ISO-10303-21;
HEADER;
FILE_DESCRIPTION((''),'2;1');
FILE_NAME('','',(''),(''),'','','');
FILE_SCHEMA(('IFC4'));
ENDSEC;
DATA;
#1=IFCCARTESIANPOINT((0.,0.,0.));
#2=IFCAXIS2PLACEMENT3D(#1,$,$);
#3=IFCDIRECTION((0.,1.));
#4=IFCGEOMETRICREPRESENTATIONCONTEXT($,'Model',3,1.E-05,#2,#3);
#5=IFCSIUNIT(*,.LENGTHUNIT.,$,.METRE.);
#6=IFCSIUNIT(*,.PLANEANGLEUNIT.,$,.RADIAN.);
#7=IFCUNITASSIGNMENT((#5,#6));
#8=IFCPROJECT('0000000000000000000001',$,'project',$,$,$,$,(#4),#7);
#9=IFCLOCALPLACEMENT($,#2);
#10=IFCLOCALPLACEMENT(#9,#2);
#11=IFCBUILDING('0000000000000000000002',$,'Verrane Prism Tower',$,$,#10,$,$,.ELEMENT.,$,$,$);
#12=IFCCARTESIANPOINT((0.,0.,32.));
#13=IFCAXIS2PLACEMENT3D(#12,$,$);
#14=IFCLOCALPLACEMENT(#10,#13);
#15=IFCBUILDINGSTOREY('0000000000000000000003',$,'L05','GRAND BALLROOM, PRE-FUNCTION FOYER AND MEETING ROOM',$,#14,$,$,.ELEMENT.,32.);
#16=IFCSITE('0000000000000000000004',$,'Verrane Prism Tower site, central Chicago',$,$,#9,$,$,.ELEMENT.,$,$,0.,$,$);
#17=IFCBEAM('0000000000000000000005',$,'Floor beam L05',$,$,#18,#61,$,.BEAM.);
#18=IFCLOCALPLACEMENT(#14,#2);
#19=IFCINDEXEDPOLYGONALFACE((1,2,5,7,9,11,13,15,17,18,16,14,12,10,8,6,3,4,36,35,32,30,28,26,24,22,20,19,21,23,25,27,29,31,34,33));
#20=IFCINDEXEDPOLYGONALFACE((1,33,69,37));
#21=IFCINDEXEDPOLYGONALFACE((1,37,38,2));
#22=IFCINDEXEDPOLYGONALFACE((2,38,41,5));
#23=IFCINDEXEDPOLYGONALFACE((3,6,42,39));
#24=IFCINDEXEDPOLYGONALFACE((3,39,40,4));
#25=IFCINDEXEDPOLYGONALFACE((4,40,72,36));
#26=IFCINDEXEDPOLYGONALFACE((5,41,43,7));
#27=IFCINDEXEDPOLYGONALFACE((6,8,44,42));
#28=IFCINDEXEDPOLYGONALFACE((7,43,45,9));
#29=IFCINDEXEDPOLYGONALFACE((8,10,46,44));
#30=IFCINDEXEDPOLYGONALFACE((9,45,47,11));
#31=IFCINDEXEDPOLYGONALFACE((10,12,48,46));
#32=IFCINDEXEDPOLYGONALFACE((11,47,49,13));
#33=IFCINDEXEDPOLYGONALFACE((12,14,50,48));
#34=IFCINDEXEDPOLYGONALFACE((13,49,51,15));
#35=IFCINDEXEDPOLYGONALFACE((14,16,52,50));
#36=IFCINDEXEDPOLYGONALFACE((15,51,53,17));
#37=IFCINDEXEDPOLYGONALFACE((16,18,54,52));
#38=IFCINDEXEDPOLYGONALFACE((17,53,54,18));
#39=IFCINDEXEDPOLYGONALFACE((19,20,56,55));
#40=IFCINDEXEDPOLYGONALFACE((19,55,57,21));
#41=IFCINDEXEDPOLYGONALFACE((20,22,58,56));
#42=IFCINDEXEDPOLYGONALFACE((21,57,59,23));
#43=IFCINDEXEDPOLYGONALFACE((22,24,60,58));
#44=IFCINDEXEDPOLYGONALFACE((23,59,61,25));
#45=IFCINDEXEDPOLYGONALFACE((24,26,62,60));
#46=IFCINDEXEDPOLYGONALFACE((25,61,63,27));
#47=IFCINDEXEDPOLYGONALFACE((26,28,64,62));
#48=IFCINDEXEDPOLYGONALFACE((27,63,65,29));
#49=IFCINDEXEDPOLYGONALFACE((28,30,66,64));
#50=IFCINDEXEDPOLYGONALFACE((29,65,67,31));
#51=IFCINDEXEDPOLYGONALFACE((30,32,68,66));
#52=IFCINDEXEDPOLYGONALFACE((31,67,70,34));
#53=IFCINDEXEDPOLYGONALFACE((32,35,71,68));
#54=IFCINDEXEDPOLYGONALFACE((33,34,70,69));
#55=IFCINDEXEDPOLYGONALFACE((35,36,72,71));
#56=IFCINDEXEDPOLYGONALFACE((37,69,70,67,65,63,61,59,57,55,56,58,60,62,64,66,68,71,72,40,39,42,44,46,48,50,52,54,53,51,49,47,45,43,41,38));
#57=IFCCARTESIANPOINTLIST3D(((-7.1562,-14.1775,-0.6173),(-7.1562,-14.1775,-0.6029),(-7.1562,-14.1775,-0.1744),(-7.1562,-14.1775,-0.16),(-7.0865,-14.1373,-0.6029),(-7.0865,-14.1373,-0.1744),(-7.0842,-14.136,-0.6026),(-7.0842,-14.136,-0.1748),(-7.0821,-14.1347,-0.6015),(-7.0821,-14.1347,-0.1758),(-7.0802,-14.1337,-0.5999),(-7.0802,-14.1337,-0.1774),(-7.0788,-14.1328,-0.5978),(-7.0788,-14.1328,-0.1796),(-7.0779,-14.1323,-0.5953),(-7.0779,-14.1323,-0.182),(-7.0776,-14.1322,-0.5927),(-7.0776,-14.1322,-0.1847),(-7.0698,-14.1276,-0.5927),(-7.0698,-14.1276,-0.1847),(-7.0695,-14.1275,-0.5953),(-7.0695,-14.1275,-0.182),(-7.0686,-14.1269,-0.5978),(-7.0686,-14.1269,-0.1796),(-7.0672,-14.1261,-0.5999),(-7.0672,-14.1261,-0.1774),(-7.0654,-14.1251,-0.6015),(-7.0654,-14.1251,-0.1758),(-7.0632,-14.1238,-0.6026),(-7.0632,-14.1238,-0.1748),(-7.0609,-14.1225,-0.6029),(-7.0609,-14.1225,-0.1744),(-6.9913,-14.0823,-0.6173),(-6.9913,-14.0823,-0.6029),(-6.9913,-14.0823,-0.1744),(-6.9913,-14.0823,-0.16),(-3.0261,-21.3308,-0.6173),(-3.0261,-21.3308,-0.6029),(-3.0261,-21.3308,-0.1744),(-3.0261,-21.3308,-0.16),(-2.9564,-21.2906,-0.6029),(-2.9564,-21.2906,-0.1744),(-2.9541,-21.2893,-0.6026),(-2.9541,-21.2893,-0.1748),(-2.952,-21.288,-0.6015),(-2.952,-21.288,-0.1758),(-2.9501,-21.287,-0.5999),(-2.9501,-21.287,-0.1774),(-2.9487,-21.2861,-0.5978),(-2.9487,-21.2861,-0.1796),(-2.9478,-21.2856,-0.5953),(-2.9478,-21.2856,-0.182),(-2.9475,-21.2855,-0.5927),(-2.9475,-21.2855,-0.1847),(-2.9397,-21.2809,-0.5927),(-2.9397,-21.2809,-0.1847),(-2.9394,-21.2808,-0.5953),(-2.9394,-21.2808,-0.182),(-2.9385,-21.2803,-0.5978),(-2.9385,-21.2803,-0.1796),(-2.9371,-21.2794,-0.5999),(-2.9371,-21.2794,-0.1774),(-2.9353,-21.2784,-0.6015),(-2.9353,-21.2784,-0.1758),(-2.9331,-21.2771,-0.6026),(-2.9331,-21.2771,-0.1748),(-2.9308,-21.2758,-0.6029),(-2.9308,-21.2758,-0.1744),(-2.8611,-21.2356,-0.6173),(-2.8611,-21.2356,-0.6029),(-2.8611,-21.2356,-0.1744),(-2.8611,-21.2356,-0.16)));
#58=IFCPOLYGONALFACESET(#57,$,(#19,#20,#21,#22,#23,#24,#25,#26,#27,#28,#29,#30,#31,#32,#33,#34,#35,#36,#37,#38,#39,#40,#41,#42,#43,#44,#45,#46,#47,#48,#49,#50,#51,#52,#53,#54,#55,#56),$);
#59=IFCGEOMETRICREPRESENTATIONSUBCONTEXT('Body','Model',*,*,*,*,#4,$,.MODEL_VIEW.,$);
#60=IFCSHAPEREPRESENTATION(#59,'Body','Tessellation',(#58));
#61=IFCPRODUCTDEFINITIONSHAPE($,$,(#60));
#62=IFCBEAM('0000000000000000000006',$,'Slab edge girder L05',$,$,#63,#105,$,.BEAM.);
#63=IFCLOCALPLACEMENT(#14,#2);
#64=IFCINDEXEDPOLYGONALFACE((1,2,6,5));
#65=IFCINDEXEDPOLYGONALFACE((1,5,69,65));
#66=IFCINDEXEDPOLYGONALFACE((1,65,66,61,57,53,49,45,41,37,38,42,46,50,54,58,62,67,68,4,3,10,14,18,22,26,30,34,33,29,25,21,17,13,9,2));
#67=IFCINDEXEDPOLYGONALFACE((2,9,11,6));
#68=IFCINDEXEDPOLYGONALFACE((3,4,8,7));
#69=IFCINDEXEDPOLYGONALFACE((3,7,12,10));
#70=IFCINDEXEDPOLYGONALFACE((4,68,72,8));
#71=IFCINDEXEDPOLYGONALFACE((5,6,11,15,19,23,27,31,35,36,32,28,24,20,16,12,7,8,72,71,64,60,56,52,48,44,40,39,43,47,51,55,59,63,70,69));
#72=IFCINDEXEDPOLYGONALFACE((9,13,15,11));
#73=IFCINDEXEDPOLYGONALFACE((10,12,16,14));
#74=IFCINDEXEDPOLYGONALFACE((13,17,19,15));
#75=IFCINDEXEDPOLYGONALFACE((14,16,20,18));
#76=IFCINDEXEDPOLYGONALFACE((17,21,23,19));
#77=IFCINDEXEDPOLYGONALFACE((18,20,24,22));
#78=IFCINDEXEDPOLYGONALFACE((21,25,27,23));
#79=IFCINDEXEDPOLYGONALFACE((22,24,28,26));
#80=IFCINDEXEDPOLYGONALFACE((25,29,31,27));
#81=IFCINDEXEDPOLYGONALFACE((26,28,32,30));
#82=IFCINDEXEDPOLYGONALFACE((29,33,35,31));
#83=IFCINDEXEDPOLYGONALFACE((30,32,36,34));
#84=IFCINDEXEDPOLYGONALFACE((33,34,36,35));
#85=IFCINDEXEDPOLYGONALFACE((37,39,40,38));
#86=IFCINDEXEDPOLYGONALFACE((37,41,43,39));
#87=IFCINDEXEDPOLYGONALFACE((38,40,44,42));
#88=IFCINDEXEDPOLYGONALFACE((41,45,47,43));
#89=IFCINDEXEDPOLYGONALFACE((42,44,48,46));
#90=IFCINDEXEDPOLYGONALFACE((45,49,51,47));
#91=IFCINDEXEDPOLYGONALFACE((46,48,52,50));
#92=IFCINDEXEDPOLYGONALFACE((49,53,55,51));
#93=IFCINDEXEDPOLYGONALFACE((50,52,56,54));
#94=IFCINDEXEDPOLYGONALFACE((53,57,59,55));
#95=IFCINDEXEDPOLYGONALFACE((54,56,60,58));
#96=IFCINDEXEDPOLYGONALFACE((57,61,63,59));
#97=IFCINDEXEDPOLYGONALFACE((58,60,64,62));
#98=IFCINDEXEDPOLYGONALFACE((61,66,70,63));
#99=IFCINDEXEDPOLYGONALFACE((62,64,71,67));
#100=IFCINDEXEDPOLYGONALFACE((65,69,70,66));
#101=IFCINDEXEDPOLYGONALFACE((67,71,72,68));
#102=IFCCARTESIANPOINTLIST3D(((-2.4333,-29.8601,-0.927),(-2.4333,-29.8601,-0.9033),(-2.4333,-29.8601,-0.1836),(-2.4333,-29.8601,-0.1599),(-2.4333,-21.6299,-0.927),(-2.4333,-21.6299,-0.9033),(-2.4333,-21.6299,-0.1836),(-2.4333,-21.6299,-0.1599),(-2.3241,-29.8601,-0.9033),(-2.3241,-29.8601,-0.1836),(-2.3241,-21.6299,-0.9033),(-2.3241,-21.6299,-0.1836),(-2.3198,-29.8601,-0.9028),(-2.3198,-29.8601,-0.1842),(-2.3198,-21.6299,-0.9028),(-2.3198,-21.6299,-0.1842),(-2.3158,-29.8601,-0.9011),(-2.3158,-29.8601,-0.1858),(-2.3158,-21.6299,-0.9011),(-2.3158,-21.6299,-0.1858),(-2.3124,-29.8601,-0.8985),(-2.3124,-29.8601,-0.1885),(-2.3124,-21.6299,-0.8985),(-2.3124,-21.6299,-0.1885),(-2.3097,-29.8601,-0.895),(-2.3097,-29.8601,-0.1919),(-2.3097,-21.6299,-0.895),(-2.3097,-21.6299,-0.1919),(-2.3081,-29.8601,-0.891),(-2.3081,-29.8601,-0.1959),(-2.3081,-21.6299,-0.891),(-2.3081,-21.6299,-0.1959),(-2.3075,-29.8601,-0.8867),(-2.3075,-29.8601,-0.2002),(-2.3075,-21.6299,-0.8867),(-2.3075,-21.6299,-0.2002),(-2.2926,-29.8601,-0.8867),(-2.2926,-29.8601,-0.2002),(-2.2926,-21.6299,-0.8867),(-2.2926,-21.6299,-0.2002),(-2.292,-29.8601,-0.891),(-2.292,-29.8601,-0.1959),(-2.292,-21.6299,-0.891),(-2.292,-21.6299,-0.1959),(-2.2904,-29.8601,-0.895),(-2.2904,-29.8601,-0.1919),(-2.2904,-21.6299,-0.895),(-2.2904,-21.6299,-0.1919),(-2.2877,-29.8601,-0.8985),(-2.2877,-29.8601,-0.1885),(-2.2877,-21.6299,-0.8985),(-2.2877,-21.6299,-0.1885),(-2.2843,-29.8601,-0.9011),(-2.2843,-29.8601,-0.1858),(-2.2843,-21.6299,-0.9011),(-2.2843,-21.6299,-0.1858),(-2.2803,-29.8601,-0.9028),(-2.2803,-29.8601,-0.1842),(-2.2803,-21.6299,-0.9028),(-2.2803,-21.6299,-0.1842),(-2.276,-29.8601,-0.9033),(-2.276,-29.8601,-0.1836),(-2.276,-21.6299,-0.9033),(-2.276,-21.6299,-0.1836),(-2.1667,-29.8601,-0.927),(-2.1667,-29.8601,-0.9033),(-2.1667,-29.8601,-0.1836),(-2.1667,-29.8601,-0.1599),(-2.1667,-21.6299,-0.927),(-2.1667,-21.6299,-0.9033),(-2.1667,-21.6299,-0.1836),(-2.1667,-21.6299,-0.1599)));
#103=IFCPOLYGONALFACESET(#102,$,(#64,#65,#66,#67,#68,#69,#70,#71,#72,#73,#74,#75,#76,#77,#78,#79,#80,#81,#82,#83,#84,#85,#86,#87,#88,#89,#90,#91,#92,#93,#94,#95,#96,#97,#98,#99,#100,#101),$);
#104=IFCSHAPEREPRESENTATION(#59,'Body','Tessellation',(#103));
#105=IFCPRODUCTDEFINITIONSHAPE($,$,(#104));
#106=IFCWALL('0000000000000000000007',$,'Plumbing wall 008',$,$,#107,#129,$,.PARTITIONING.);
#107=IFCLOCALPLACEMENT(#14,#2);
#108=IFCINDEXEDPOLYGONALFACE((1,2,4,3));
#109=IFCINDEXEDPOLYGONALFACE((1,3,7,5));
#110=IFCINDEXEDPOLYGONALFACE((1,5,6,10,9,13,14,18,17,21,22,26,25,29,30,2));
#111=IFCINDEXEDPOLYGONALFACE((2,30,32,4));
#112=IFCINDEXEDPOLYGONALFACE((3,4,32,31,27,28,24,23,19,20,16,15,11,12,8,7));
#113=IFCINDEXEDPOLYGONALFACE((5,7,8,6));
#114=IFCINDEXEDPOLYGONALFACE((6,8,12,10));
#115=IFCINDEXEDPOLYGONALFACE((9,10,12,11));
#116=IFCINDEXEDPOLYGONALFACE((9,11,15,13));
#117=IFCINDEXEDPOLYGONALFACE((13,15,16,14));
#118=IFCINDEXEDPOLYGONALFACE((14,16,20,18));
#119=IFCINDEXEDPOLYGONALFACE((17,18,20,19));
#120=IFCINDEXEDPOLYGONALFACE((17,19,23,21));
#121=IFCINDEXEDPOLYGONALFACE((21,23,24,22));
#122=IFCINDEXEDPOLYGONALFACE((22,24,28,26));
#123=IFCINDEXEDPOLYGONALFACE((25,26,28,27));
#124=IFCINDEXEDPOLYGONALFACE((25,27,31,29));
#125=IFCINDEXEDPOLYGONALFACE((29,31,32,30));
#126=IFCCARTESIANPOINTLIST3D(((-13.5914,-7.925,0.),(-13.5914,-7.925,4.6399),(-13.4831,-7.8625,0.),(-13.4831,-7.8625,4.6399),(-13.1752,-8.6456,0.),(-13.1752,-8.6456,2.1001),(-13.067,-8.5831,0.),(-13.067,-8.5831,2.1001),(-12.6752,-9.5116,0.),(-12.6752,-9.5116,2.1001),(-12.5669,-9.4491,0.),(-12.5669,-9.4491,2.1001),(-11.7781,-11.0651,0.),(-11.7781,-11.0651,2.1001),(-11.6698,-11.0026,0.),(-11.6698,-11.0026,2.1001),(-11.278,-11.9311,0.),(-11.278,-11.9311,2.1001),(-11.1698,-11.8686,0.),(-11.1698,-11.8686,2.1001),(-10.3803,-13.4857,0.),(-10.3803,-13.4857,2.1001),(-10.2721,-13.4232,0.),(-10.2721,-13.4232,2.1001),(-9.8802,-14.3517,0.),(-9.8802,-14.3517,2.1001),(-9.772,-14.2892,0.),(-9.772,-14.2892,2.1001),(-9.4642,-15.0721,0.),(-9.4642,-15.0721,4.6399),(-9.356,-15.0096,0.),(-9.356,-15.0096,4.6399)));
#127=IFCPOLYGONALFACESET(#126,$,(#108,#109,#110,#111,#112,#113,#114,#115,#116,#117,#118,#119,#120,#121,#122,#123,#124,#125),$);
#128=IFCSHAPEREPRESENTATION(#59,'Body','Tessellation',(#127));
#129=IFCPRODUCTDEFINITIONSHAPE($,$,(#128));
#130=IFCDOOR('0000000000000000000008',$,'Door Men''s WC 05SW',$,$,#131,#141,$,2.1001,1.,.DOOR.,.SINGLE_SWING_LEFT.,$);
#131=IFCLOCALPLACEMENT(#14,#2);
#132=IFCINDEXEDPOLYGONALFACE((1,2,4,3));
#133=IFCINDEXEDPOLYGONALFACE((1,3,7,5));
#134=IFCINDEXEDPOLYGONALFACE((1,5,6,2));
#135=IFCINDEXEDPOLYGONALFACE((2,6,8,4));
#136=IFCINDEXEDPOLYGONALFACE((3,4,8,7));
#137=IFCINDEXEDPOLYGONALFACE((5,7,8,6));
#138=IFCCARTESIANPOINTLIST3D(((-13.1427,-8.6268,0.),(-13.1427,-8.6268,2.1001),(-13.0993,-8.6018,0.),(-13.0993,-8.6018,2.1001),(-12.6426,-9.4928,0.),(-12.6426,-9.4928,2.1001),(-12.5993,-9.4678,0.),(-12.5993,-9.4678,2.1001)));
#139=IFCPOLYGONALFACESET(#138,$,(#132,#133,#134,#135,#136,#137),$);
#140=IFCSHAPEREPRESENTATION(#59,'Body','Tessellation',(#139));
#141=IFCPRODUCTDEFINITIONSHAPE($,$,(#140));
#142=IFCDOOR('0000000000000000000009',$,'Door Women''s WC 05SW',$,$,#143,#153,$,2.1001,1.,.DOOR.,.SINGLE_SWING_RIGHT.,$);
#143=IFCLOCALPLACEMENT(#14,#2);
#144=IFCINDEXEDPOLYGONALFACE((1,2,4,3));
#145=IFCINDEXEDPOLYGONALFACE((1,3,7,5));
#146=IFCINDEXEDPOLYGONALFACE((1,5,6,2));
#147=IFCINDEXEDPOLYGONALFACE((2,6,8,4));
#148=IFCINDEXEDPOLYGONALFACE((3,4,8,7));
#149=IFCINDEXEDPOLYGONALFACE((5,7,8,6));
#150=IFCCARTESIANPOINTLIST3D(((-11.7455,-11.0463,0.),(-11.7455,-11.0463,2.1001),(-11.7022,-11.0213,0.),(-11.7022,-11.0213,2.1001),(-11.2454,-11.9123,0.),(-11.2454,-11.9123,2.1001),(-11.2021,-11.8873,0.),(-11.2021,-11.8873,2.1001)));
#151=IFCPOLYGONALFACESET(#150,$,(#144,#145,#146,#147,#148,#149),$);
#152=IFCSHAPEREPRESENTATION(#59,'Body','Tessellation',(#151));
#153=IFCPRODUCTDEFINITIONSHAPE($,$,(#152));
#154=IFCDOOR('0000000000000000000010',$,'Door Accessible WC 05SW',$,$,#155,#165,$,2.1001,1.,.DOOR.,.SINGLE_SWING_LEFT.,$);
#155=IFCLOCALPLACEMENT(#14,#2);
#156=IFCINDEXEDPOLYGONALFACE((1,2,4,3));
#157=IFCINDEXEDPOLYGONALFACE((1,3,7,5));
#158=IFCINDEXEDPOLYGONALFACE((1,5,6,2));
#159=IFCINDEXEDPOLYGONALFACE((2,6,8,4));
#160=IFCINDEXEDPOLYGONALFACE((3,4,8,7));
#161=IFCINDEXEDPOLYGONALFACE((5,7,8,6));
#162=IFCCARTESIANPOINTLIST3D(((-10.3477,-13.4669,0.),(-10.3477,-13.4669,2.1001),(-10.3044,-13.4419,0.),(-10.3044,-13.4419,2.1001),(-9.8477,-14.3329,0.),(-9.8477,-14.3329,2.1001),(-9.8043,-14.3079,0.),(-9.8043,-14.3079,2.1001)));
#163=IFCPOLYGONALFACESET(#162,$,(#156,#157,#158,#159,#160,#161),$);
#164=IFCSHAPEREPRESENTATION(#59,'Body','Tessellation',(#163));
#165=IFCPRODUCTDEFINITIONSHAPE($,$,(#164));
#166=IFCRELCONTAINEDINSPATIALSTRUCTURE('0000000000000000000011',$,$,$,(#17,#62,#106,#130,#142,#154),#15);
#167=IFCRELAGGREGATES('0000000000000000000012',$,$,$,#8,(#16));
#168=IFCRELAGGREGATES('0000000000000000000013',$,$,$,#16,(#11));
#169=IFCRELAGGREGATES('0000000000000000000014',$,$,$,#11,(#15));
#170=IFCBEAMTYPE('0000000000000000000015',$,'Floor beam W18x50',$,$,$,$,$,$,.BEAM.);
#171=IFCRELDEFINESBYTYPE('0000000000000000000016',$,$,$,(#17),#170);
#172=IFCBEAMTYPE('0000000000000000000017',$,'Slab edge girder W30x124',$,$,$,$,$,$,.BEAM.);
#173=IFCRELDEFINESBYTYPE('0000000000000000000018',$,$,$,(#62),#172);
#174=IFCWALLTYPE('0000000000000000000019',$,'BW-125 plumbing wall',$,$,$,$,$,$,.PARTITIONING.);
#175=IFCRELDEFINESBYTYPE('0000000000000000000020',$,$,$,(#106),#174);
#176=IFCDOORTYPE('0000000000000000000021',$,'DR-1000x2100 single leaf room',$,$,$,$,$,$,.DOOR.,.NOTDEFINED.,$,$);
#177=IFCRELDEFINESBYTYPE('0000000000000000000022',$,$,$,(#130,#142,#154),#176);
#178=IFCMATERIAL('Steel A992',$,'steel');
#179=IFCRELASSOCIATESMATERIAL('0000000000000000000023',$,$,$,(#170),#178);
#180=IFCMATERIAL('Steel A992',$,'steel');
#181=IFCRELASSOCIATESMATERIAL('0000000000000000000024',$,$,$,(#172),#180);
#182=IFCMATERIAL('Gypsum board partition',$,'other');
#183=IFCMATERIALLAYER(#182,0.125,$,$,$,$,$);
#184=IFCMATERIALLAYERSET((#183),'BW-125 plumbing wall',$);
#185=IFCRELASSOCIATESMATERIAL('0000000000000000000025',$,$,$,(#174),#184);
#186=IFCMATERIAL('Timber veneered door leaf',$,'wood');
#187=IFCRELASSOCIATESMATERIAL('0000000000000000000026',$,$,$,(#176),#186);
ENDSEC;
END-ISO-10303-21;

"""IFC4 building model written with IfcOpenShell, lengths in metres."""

from ifc_helpers import new_model, si_unit, direction, frame, frame_2d, origin, origin_2d, place, context, subcontext, project, spatial, rectangle, i_section, extrude, material, layer, layer_set, material_profile, profile_set, type_object, element, fill, save


model = new_model("IFC4")

# Units and contexts
model_context = context("Model", 3, precision=1e-05, world=origin(), true_north=direction((0.0, 1.0)))
body_context = subcontext(model_context, "Body", "Model", "MODEL_VIEW")
ifc_project = project(units=[si_unit("LENGTHUNIT", "METRE"), si_unit("PLANEANGLEUNIT", "RADIAN")], contexts=[model_context])

# Site, building, storey
site_placement = place(None, origin())
site = spatial("IfcSite", under=ifc_project, at=site_placement, Name="Verrane Prism Tower site, central Chicago", CompositionType="ELEMENT", RefElevation=0.0)
building_placement = place(site_placement, origin())
building = spatial("IfcBuilding", under=site, at=building_placement, Name="Verrane Prism Tower", CompositionType="ELEMENT")
storey_placement = place(building_placement, frame((0.0, 0.0, 32.0)))
storey = spatial("IfcBuildingStorey", under=building, at=storey_placement, Name="L05", Description="GRAND BALLROOM, PRE-FUNCTION FOYER AND MEETING ROOM", CompositionType="ELEMENT", Elevation=32.0)

# Beams
ifc_material_1 = material(Name="Steel A992", Category="steel")
ifc_material_profile_1 = material_profile(ifc_material_1, i_section(OverallWidth=0.1904, OverallDepth=0.4573, WebThickness=0.009, FlangeThickness=0.0144, FilletRadius=0.0103, at=origin_2d()), Name="W18x50")
ifc_profile_set_1 = profile_set([ifc_material_profile_1], Name="Steel A992")
beam_type_1 = type_object("IfcBeamType", Name="Floor beam W18x50", PredefinedType="BEAM", material=ifc_profile_set_1)
beam_1_placement = place(storey_placement, frame((-2.9436, -21.2832, -0.3887), z_axis=(-0.500014, 0.866017, 0.0), x_axis=(-0.866017, -0.500014, 0.0)))
element("IfcBeam", 1, at=beam_1_placement, inside=storey, type_object=beam_type_1, Name="Floor beam L05", PredefinedType="BEAM", context=body_context, shape_type="SweptSolid", body=[
    extrude(i_section(OverallWidth=0.1904, OverallDepth=0.4573, WebThickness=0.009, FlangeThickness=0.0144, FilletRadius=0.0103, at=origin_2d()), origin(), (0.0, 0.0, 1.0), 8.26),
])
ifc_material_2 = material(Name="Steel A992", Category="steel")
ifc_material_profile_2 = material_profile(ifc_material_2, i_section(OverallWidth=0.2666, OverallDepth=0.7671, WebThickness=0.0149, FlangeThickness=0.0237, FilletRadius=0.0166, at=origin_2d()), Name="W30x124")
ifc_profile_set_2 = profile_set([ifc_material_profile_2], Name="Steel A992")
beam_type_2 = type_object("IfcBeamType", Name="Slab edge girder W30x124", PredefinedType="BEAM", material=ifc_profile_set_2)
beam_2_placement = place(storey_placement, frame((-2.3, -21.6299, -0.5435), z_axis=(0.0, -1.0, 0.0), x_axis=(1.0, 0.0, 0.0)))
element("IfcBeam", 2, at=beam_2_placement, inside=storey, type_object=beam_type_2, Name="Slab edge girder L05", PredefinedType="BEAM", context=body_context, shape_type="SweptSolid", body=[
    extrude(i_section(OverallWidth=0.2666, OverallDepth=0.7671, WebThickness=0.0149, FlangeThickness=0.0237, FilletRadius=0.0166, at=origin_2d()), origin(), (0.0, 0.0, 1.0), 8.2302),
])

# Wall, openings, doors
ifc_material_3 = material(Name="Gypsum board partition", Category="other")
ifc_layer_1 = layer(ifc_material_3, 0.125)
ifc_layer_set_1 = layer_set([ifc_layer_1], Name="BW-125 plumbing wall")
wall_type_1 = type_object("IfcWallType", Name="BW-125 plumbing wall", PredefinedType="PARTITIONING", material=ifc_layer_set_1)
wall_1_placement = place(storey_placement, frame((-9.4102, -15.0408, 0.0), z_axis=(0.0, 0.0, 1.0), x_axis=(-0.500068, 0.865986, 0.0)))
wall_1 = element("IfcWall", 3, at=wall_1_placement, inside=storey, type_object=wall_type_1, Name="Plumbing wall 008", PredefinedType="PARTITIONING", context=body_context, shape_type="SweptSolid", body=[
    extrude(rectangle(XDim=8.2532, YDim=0.125, at=frame_2d((4.1265, 0.0))), origin(), (0.0, 0.0, 1.0), 4.6399),
])
opening_1_placement = place(wall_1_placement, frame((6.4209, 0.0, 0.0)))
opening_1 = element("IfcOpeningElement", 4, at=opening_1_placement, cuts=wall_1, PredefinedType="OPENING", context=body_context, shape_type="SweptSolid", body=[
    extrude(rectangle(XDim=1.0, YDim=2.1001, at=frame_2d((0.5, 1.05))), frame((0.0, 0.0725, 0.0), z_axis=(0.0, -1.0, 0.0), x_axis=(1.0, 0.0, 0.0)), (0.0, 0.0, 1.0), 0.145),
])
opening_2_placement = place(wall_1_placement, frame((3.627, 0.0, 0.0)))
opening_2 = element("IfcOpeningElement", 5, at=opening_2_placement, cuts=wall_1, PredefinedType="OPENING", context=body_context, shape_type="SweptSolid", body=[
    extrude(rectangle(XDim=1.0, YDim=2.1001, at=frame_2d((0.5, 1.05))), frame((0.0, 0.0725, 0.0), z_axis=(0.0, -1.0, 0.0), x_axis=(1.0, 0.0, 0.0)), (0.0, 0.0, 1.0), 0.145),
])
opening_3_placement = place(wall_1_placement, frame((0.8318, 0.0, 0.0)))
opening_3 = element("IfcOpeningElement", 6, at=opening_3_placement, cuts=wall_1, PredefinedType="OPENING", context=body_context, shape_type="SweptSolid", body=[
    extrude(rectangle(XDim=1.0, YDim=2.1001, at=frame_2d((0.5, 1.05))), frame((0.0, 0.0725, 0.0), z_axis=(0.0, -1.0, 0.0), x_axis=(1.0, 0.0, 0.0)), (0.0, 0.0, 1.0), 0.145),
])
ifc_material_4 = material(Name="Timber veneered door leaf", Category="wood")
door_type_1 = type_object("IfcDoorType", Name="DR-1000x2100 single leaf room", OperationType="NOTDEFINED", PredefinedType="DOOR", material=ifc_material_4)
door_1_placement = place(opening_1_placement, origin())
door_1 = element("IfcDoor", 7, at=door_1_placement, inside=storey, type_object=door_type_1, Name="Door Men's WC 05SW", OperationType="SINGLE_SWING_LEFT", OverallHeight=2.1001, OverallWidth=1.0, PredefinedType="DOOR", context=body_context, shape_type="SweptSolid", body=[
    extrude(rectangle(XDim=1.0, YDim=2.1001, at=frame_2d((0.5, 1.05))), frame((0.0, 0.0249, 0.0), z_axis=(0.0, -1.0, 0.0), x_axis=(1.0, 0.0, 0.0)), (0.0, 0.0, 1.0), 0.05),
])
fill(opening_1, door_1)
door_2_placement = place(opening_2_placement, origin())
door_2 = element("IfcDoor", 8, at=door_2_placement, inside=storey, type_object=door_type_1, Name="Door Women's WC 05SW", OperationType="SINGLE_SWING_RIGHT", OverallHeight=2.1001, OverallWidth=1.0, PredefinedType="DOOR", context=body_context, shape_type="SweptSolid", body=[
    extrude(rectangle(XDim=1.0, YDim=2.1001, at=frame_2d((0.5, 1.05))), frame((0.0, 0.0249, 0.0), z_axis=(0.0, -1.0, 0.0), x_axis=(1.0, 0.0, 0.0)), (0.0, 0.0, 1.0), 0.05),
])
fill(opening_2, door_2)
door_3_placement = place(opening_3_placement, origin())
door_3 = element("IfcDoor", 9, at=door_3_placement, inside=storey, type_object=door_type_1, Name="Door Accessible WC 05SW", OperationType="SINGLE_SWING_LEFT", OverallHeight=2.1001, OverallWidth=1.0, PredefinedType="DOOR", context=body_context, shape_type="SweptSolid", body=[
    extrude(rectangle(XDim=1.0, YDim=2.1001, at=frame_2d((0.5, 1.05))), frame((0.0, 0.0249, 0.0), z_axis=(0.0, -1.0, 0.0), x_axis=(1.0, 0.0, 0.0)), (0.0, 0.0, 1.0), 0.05),
])
fill(opening_3, door_3)

save(model, "model.ifc")
